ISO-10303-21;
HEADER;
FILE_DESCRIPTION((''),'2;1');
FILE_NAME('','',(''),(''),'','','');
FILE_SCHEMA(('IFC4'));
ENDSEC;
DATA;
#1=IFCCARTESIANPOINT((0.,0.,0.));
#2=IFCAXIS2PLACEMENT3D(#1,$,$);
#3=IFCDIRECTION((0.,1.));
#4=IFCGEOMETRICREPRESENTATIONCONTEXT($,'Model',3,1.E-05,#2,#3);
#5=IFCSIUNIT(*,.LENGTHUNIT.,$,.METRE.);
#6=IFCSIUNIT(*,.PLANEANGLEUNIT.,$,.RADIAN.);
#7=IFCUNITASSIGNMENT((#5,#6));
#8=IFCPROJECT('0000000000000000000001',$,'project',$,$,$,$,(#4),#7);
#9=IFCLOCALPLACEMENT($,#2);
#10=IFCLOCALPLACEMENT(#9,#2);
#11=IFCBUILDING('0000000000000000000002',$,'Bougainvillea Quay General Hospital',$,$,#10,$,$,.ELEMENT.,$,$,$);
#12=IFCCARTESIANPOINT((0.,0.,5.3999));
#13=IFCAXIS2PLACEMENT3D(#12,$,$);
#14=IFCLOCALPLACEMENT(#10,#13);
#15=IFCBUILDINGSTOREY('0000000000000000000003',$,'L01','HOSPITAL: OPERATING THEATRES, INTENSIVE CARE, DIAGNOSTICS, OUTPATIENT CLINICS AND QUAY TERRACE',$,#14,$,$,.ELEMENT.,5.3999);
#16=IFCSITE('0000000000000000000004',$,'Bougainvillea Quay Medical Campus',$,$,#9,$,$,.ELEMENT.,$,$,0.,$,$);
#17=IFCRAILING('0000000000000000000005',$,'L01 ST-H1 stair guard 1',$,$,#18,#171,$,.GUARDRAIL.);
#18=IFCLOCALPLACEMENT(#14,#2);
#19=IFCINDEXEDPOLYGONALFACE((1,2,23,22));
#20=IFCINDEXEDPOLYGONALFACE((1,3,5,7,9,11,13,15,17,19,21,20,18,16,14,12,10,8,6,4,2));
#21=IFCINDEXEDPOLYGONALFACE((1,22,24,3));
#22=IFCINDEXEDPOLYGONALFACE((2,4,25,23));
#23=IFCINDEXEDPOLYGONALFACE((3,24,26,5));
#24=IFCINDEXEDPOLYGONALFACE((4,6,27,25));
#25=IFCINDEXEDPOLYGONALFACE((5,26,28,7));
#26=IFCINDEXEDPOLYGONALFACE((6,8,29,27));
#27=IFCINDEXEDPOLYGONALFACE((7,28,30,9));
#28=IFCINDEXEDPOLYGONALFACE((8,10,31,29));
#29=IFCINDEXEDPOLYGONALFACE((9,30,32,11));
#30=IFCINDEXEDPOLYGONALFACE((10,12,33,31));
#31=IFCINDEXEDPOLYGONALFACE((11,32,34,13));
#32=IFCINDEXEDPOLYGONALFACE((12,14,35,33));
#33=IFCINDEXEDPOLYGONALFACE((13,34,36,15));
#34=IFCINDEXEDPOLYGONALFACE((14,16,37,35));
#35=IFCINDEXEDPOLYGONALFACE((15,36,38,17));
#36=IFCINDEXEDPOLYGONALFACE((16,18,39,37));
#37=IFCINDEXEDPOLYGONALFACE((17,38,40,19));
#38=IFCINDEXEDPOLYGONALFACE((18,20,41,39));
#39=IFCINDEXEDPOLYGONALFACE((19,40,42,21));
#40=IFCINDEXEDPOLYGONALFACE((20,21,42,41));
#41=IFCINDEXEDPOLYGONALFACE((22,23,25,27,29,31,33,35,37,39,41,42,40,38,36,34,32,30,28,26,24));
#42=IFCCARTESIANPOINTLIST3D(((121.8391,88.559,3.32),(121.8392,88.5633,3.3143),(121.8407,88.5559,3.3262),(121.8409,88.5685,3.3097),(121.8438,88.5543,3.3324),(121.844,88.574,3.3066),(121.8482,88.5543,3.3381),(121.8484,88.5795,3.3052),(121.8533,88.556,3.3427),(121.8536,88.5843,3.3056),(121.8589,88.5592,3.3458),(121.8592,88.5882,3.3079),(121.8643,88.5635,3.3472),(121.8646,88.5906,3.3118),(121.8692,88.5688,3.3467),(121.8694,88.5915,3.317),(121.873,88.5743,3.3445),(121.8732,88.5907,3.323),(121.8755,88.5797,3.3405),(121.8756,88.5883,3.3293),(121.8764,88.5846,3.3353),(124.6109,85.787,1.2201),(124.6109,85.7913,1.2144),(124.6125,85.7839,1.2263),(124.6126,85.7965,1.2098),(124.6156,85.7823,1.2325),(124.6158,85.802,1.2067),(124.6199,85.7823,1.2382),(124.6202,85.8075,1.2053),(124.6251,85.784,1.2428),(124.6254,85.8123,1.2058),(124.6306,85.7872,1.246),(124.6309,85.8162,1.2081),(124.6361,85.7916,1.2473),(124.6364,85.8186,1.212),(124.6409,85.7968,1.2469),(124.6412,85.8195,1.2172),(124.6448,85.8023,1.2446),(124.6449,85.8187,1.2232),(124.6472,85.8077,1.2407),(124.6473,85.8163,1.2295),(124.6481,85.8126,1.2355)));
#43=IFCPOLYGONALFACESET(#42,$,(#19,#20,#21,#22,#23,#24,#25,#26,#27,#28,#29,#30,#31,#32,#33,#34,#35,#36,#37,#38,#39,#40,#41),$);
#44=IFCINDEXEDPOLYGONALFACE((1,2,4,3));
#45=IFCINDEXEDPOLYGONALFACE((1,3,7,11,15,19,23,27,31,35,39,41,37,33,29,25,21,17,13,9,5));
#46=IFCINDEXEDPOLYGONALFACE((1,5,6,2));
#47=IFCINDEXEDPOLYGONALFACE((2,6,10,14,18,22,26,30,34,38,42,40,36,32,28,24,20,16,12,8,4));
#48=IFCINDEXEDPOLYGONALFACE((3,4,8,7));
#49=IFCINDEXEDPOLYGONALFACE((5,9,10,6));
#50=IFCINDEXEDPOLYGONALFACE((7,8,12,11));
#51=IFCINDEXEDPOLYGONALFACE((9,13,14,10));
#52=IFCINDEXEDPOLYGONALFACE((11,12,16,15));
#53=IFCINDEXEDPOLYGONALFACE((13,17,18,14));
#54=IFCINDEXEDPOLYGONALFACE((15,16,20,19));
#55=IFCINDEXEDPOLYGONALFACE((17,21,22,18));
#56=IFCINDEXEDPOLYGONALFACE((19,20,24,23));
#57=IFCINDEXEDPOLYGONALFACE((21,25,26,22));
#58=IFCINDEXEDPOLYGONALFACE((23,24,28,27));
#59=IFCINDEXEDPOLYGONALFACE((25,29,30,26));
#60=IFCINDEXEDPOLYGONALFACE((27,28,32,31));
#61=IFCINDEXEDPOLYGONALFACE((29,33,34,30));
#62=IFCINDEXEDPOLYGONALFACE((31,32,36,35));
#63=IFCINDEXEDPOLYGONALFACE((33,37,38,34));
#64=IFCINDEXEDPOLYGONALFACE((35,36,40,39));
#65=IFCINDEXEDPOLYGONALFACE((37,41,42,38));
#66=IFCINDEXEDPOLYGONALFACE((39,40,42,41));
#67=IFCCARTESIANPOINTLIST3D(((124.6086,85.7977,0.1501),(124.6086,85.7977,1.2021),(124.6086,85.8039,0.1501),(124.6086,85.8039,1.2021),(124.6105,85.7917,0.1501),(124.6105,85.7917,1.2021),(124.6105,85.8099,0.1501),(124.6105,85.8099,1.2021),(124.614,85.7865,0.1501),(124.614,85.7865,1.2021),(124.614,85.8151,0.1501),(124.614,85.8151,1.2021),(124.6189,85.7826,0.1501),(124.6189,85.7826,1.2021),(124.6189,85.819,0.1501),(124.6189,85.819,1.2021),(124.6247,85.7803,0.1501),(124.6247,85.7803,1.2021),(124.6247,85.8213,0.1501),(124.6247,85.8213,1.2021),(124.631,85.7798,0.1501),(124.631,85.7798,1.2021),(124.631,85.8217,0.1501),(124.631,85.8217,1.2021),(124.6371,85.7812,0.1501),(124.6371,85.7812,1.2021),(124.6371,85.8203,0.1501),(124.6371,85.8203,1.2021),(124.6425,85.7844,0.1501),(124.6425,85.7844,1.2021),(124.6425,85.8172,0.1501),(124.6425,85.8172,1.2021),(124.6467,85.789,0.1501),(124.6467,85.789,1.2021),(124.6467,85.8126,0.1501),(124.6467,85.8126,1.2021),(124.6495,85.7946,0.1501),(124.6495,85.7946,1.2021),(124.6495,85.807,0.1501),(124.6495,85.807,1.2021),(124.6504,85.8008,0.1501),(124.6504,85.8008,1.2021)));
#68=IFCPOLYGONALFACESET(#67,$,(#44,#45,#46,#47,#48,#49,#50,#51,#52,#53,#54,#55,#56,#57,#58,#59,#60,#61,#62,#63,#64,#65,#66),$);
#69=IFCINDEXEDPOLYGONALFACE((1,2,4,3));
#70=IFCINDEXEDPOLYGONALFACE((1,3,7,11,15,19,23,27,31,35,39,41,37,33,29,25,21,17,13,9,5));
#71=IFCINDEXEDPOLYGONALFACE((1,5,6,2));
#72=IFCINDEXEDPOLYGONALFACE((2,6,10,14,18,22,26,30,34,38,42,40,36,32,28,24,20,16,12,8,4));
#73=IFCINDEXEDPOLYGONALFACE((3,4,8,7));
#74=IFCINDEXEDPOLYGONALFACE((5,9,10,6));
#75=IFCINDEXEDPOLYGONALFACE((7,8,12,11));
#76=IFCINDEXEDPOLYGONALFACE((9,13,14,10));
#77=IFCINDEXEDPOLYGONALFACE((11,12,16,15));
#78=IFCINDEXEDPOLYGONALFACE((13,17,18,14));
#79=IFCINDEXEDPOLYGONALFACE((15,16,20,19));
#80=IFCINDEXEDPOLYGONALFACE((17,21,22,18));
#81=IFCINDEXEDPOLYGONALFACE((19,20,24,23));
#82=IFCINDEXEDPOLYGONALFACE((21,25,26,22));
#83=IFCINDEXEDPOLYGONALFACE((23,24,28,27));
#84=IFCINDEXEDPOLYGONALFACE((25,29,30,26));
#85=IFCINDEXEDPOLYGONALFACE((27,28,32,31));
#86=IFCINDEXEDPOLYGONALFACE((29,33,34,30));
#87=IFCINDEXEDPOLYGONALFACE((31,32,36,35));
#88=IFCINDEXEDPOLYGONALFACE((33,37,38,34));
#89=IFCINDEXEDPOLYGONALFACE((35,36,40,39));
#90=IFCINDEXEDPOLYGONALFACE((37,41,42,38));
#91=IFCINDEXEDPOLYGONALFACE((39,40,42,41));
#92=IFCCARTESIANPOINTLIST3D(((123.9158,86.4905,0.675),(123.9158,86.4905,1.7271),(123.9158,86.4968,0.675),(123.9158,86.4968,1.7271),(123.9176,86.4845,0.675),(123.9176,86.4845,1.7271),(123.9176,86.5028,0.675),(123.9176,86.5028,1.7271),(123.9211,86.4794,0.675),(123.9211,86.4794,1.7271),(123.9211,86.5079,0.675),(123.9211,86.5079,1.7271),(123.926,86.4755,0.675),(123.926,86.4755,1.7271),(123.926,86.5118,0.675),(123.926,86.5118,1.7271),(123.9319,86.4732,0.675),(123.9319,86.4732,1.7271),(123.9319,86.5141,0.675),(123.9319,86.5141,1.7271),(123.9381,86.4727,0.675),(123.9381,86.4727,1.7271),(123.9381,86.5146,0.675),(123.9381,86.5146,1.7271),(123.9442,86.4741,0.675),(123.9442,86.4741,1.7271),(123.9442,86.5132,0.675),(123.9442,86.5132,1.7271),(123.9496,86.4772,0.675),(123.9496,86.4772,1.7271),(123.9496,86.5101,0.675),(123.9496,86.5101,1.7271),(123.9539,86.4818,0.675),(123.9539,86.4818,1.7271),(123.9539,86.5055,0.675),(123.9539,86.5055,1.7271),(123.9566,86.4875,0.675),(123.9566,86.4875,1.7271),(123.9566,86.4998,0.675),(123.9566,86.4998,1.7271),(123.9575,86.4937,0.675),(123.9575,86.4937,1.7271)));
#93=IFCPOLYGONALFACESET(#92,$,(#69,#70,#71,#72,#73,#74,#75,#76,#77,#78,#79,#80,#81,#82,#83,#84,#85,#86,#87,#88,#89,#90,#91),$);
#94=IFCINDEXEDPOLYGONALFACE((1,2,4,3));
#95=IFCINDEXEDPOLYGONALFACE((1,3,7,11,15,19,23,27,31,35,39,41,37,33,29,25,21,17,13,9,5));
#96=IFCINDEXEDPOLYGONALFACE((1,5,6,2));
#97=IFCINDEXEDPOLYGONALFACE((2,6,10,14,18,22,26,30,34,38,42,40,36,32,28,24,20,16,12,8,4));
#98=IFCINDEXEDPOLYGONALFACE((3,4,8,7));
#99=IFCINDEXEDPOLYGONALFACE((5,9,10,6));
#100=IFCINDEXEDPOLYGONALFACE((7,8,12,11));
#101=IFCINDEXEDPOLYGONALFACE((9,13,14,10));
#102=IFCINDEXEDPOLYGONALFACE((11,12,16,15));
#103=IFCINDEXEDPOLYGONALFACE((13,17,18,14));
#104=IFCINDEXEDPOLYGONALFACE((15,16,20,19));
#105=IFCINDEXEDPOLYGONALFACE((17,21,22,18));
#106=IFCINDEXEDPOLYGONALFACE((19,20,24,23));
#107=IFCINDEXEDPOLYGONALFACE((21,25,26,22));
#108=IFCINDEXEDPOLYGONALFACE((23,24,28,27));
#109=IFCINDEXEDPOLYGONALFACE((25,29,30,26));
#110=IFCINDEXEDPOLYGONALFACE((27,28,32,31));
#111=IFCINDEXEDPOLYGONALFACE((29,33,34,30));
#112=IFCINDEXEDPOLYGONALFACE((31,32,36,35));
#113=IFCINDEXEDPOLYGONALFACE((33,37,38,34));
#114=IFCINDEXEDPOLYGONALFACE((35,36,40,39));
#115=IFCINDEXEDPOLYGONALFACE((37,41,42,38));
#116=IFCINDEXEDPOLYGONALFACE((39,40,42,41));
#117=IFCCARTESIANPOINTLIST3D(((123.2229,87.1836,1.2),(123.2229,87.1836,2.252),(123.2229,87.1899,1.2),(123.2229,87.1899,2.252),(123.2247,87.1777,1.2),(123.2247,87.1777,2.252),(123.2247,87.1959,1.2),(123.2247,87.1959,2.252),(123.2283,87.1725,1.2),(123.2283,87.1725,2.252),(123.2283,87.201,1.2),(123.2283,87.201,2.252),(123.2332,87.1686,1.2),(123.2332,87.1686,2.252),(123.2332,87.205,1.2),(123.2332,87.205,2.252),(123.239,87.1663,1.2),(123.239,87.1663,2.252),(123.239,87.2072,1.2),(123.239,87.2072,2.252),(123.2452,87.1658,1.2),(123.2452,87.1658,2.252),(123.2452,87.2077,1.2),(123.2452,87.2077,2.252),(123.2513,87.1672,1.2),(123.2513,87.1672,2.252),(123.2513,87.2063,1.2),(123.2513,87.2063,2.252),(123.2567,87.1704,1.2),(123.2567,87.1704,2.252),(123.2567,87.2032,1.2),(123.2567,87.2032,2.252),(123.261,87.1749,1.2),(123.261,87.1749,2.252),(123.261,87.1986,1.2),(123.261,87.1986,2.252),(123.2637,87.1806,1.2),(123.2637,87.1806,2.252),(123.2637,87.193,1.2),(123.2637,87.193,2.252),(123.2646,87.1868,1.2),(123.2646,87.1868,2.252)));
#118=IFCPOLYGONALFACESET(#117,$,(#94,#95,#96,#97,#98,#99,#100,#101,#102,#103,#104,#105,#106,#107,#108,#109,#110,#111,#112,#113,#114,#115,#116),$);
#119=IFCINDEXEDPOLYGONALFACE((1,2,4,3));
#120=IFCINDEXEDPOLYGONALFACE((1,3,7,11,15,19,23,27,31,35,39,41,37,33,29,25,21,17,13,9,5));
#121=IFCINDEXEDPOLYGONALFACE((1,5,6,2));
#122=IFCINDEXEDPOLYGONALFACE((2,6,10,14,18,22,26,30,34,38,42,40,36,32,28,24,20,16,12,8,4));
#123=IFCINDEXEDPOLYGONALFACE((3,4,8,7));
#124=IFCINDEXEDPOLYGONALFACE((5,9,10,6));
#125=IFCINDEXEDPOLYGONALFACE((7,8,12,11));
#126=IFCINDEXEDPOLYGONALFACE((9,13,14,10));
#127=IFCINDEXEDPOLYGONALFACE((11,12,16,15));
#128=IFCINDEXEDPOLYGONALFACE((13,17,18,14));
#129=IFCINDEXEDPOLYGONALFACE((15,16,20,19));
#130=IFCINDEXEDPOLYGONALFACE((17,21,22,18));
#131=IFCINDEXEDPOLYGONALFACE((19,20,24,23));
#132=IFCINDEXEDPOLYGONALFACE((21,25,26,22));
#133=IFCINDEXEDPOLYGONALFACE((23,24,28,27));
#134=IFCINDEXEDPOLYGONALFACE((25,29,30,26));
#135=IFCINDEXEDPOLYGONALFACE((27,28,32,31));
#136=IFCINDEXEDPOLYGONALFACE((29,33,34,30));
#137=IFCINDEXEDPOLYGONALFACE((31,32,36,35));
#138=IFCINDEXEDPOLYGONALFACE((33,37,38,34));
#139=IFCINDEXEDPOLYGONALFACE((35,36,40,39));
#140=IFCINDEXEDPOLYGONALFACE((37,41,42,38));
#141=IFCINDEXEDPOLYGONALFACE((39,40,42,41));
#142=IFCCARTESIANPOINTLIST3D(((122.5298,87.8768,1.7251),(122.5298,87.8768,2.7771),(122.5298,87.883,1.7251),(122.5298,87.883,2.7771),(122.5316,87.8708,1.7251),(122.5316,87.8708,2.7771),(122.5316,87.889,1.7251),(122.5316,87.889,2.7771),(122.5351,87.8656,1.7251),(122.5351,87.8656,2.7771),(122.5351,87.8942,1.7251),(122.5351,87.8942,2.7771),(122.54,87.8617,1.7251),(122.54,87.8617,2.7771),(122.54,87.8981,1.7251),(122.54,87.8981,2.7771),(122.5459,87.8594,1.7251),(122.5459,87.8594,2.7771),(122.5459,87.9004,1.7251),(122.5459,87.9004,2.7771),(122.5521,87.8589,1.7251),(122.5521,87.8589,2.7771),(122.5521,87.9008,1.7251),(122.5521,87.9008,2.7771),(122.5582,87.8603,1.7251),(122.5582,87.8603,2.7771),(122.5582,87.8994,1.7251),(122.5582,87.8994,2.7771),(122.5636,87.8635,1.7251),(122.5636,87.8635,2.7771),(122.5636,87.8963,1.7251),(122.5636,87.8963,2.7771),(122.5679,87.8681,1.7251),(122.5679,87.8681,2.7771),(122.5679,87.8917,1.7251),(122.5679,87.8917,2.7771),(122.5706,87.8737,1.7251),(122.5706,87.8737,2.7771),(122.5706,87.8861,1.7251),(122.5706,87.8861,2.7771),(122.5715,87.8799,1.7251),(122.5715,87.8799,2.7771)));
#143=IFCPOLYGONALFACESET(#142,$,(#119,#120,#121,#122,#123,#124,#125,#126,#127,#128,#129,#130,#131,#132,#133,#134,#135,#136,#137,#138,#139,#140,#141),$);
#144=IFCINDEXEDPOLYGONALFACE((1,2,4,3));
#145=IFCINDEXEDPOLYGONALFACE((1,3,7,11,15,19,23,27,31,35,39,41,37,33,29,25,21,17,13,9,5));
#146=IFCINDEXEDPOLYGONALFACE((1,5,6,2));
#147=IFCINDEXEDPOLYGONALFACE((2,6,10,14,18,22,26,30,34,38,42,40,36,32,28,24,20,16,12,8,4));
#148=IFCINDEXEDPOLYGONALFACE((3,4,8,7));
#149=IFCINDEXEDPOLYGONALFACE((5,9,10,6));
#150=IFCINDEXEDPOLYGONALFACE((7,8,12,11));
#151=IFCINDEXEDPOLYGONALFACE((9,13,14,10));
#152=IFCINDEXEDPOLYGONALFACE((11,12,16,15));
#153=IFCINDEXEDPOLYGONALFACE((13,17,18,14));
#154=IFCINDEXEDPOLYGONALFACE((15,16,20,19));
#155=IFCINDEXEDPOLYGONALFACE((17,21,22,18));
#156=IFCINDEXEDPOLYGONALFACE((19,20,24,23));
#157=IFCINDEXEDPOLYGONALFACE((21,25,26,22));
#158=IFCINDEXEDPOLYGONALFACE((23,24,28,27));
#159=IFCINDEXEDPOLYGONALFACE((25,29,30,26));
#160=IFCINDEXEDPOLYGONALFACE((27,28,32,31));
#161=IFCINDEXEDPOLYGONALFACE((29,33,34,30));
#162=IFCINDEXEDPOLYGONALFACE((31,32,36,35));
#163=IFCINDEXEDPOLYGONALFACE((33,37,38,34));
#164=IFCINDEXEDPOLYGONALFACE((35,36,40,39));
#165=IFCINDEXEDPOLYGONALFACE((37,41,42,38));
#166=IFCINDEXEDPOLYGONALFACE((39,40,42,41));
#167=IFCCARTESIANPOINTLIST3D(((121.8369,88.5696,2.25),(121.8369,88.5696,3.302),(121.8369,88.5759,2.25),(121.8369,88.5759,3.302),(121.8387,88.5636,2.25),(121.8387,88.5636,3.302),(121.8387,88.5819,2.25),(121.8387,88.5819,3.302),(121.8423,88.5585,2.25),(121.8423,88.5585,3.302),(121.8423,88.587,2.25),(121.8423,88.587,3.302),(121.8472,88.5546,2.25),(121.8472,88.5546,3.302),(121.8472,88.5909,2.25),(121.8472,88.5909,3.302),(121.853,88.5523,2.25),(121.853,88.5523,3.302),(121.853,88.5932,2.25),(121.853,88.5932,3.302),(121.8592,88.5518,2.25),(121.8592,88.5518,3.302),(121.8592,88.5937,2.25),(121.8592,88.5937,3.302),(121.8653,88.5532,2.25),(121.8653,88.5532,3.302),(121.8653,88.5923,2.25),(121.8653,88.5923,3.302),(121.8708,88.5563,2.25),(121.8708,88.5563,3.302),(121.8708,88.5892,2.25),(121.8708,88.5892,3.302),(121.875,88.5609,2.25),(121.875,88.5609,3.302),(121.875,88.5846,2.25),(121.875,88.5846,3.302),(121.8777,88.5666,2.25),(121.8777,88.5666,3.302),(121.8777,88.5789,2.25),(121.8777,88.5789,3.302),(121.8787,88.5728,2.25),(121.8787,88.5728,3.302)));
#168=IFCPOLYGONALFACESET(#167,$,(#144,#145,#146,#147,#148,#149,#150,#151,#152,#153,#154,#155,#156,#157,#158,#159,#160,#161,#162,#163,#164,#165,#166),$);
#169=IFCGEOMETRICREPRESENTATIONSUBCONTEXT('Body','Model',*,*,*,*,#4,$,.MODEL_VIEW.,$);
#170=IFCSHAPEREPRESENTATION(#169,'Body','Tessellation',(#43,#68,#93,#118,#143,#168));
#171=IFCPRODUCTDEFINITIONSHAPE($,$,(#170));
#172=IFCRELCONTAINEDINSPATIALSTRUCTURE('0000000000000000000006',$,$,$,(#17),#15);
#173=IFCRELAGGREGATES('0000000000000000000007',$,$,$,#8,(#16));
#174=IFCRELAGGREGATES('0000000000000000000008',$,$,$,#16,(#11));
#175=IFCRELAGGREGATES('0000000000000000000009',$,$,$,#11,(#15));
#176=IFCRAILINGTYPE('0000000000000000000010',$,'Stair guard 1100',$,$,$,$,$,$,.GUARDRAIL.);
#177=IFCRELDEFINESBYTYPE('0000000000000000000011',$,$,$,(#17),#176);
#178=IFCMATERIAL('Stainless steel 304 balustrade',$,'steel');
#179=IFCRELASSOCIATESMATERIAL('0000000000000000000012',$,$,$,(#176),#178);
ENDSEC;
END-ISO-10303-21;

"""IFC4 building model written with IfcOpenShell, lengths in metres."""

from ifc_helpers import new_model, si_unit, direction, frame, origin, origin_2d, place, context, subcontext, project, spatial, circle, extrude, material, type_object, element, save


model = new_model("IFC4")

# Units and contexts
model_context = context("Model", 3, precision=1e-05, world=origin(), true_north=direction((0.0, 1.0)))
body_context = subcontext(model_context, "Body", "Model", "MODEL_VIEW")
ifc_project = project(units=[si_unit("LENGTHUNIT", "METRE"), si_unit("PLANEANGLEUNIT", "RADIAN")], contexts=[model_context])

# Site, building, storey
site_placement = place(None, origin())
site = spatial("IfcSite", under=ifc_project, at=site_placement, Name="Bougainvillea Quay Medical Campus", CompositionType="ELEMENT", RefElevation=0.0)
building_placement = place(site_placement, origin())
building = spatial("IfcBuilding", under=site, at=building_placement, Name="Bougainvillea Quay General Hospital", CompositionType="ELEMENT")
storey_placement = place(building_placement, frame((0.0, 0.0, 5.3999)))
storey = spatial("IfcBuildingStorey", under=building, at=storey_placement, Name="L01", Description="HOSPITAL: OPERATING THEATRES, INTENSIVE CARE, DIAGNOSTICS, OUTPATIENT CLINICS AND QUAY TERRACE", CompositionType="ELEMENT", Elevation=5.3999)

# Railing
ifc_material_1 = material(Name="Stainless steel 304 balustrade", Category="steel")
railing_type = type_object("IfcRailingType", Name="Stair guard 1100", PredefinedType="GUARDRAIL", material=ifc_material_1)
railing_1_placement = place(storey_placement, frame((124.6294, 85.8008, 0.1501)))
element("IfcRailing", 1, at=railing_1_placement, inside=storey, type_object=railing_type, Name="L01 ST-H1 stair guard 1", PredefinedType="GUARDRAIL", context=body_context, shape_type="SweptSolid", body=[
    extrude(circle(Radius=0.0239, at=origin_2d()), frame((0.0, 0.0, 1.0762), z_axis=(-0.623282, 0.623337, 0.472197), x_axis=(-0.707138, -0.707076, 0.0)), (0.0, 0.0, 1.0), 4.447),
    extrude(circle(Radius=0.021, at=origin_2d()), origin(), (0.0, 0.0, 1.0), 1.052),
    extrude(circle(Radius=0.021, at=origin_2d()), frame((-0.6929, 0.6929, 0.5249)), (0.0, 0.0, 1.0), 1.052),
    extrude(circle(Radius=0.021, at=origin_2d()), frame((-1.3857, 1.386, 1.0498)), (0.0, 0.0, 1.0), 1.052),
    extrude(circle(Radius=0.021, at=origin_2d()), frame((-2.0789, 2.0791, 1.575)), (0.0, 0.0, 1.0), 1.052),
    extrude(circle(Radius=0.021, at=origin_2d()), frame((-2.7717, 2.772, 2.0999)), (0.0, 0.0, 1.0), 1.052),
])

save(model, "model.ifc")
